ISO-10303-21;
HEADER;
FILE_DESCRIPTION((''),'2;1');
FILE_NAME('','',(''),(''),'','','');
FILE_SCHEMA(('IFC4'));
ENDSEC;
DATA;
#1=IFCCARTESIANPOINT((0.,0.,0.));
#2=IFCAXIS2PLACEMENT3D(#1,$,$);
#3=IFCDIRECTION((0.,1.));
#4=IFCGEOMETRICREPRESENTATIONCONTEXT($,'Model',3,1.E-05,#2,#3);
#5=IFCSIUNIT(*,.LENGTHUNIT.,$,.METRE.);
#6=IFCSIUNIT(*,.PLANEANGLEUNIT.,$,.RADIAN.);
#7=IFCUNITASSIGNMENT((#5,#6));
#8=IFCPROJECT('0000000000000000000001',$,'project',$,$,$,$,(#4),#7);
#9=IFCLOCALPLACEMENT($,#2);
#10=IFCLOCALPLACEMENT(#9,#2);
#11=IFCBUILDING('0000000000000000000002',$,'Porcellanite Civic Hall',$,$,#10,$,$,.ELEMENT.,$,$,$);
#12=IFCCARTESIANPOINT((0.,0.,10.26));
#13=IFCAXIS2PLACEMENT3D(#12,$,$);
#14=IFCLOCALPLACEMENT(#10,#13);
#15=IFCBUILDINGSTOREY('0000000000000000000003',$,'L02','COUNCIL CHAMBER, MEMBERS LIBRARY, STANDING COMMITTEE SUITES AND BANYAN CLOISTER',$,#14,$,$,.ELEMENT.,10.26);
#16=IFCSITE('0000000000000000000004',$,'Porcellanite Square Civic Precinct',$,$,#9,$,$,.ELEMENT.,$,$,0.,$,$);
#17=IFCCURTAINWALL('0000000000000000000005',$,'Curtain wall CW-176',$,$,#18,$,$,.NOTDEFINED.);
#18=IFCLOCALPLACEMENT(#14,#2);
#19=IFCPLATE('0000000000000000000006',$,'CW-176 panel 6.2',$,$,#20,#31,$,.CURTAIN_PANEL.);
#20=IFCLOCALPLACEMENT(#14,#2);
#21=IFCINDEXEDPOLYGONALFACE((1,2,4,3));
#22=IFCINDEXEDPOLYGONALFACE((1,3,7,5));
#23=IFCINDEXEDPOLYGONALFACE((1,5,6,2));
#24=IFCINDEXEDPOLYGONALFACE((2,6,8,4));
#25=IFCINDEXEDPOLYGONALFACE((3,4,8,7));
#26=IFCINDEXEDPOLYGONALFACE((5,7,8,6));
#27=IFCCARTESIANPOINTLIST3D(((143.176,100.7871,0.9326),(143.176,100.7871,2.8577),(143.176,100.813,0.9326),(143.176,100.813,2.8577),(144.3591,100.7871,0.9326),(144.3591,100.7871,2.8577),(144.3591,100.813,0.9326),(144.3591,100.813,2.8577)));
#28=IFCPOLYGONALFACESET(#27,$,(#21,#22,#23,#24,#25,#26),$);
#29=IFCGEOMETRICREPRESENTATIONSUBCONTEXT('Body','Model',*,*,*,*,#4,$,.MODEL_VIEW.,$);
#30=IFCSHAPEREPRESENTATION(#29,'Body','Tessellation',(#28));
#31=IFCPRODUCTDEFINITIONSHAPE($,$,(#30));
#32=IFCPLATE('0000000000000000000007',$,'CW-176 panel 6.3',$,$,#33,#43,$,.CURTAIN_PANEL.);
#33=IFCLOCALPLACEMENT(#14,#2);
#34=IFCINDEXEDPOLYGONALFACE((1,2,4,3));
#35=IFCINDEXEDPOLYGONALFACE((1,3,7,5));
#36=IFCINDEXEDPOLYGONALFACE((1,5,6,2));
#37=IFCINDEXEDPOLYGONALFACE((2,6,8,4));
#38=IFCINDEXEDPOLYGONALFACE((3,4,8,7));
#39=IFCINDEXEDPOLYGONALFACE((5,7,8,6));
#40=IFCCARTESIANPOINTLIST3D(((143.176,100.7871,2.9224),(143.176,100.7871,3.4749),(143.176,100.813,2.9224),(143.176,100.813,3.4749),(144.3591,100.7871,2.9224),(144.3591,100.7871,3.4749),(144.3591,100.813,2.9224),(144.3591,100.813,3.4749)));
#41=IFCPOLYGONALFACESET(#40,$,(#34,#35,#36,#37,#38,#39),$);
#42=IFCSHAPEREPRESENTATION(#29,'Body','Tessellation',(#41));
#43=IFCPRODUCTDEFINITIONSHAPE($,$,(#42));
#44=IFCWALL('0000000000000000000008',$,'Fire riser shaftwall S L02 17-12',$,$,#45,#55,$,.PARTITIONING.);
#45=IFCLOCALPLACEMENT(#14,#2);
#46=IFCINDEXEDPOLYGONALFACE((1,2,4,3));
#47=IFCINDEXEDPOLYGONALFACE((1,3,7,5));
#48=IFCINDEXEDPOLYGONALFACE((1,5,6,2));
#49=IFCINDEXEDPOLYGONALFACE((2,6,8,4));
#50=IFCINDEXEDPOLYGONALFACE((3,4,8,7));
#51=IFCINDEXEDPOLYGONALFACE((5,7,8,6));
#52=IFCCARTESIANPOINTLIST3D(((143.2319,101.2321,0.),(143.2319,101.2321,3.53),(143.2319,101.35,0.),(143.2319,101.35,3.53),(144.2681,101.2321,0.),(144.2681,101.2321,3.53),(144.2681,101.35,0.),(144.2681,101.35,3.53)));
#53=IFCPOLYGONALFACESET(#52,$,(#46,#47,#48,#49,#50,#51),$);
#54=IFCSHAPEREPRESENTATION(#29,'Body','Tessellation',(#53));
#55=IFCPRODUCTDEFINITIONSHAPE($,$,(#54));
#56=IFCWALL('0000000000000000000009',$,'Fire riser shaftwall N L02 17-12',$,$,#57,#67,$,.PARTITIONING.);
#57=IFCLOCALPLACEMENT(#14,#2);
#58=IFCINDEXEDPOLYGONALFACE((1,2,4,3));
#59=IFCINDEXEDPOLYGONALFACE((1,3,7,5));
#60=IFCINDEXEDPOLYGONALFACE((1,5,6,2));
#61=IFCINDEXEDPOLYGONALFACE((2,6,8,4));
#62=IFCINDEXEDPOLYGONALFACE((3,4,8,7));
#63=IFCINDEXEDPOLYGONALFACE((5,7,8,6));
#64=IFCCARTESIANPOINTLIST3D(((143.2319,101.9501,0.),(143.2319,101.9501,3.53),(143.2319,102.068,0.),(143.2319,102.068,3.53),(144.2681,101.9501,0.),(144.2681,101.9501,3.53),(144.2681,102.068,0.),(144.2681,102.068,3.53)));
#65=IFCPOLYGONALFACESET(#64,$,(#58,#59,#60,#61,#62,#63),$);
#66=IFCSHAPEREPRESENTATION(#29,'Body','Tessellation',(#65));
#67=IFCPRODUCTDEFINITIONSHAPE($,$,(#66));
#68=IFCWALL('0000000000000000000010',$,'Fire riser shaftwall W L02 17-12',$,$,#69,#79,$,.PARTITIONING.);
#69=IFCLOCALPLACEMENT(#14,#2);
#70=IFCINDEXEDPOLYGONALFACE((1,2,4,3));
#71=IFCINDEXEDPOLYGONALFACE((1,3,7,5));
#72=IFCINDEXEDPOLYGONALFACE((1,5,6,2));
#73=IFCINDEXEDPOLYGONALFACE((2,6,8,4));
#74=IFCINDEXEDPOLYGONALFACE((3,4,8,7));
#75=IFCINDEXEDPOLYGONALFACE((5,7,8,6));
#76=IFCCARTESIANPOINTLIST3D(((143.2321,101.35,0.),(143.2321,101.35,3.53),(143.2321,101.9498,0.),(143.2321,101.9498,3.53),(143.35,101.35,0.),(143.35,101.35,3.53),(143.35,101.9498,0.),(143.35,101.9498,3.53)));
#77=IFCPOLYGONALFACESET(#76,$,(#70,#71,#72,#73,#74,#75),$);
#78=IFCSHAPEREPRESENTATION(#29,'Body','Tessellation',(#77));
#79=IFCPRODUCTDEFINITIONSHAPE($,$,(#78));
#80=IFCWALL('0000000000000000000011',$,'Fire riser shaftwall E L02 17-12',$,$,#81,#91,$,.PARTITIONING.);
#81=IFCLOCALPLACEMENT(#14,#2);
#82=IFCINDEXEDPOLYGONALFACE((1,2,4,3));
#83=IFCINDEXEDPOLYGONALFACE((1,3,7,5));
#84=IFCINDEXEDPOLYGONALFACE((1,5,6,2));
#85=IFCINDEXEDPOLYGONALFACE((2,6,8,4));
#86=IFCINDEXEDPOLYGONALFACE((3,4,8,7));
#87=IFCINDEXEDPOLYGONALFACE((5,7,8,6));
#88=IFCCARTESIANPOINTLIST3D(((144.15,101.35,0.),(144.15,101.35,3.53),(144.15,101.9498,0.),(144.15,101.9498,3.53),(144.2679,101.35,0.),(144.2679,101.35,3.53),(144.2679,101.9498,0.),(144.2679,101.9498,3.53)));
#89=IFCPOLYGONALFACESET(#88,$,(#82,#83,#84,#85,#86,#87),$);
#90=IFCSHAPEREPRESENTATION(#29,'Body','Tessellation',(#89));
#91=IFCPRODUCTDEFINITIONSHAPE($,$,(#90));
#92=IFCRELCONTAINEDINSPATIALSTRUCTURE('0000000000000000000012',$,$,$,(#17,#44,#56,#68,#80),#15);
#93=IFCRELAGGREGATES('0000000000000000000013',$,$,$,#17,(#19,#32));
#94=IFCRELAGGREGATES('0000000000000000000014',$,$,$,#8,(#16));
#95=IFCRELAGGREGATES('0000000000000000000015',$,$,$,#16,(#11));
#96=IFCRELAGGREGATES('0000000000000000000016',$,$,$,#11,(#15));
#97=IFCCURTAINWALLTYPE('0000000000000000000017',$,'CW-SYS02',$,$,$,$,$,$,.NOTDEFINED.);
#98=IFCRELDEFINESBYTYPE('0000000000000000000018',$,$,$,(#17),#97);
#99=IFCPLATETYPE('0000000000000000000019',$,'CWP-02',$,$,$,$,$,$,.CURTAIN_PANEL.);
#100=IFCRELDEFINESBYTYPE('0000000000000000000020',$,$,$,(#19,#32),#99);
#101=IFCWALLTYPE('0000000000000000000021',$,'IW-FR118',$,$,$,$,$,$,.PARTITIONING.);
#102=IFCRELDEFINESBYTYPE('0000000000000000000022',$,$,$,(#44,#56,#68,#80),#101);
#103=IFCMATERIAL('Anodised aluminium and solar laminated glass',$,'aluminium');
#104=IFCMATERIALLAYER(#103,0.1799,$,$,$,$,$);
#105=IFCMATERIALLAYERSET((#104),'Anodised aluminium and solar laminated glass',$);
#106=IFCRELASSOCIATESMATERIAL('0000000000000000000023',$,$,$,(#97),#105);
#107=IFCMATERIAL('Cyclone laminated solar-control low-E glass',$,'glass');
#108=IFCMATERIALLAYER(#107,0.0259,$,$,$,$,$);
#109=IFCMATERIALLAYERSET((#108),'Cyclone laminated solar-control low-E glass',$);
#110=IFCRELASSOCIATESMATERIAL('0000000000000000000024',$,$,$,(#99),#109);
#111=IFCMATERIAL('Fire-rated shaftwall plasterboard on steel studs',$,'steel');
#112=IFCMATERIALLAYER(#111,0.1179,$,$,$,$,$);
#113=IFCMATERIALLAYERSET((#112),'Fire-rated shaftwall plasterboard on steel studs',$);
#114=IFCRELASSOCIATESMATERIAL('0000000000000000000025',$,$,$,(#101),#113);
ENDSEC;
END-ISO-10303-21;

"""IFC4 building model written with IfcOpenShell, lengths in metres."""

from ifc_helpers import new_model, si_unit, direction, frame, frame_2d, origin, origin_2d, place, context, subcontext, project, spatial, rectangle, extrude, material, layer, layer_set, type_object, element, aggregate, save


model = new_model("IFC4")

# Units and contexts
model_context = context("Model", 3, precision=1e-05, world=origin(), true_north=direction((0.0, 1.0)))
body_context = subcontext(model_context, "Body", "Model", "MODEL_VIEW")
ifc_project = project(units=[si_unit("LENGTHUNIT", "METRE"), si_unit("PLANEANGLEUNIT", "RADIAN")], contexts=[model_context])

# Site, building, storey
site_placement = place(None, origin())
site = spatial("IfcSite", under=ifc_project, at=site_placement, Name="Porcellanite Square Civic Precinct", CompositionType="ELEMENT", RefElevation=0.0)
building_placement = place(site_placement, origin())
building = spatial("IfcBuilding", under=site, at=building_placement, Name="Porcellanite Civic Hall", CompositionType="ELEMENT")
storey_placement = place(building_placement, frame((0.0, 0.0, 10.26)))
storey = spatial("IfcBuildingStorey", under=building, at=storey_placement, Name="L02", Description="COUNCIL CHAMBER, MEMBERS LIBRARY, STANDING COMMITTEE SUITES AND BANYAN CLOISTER", CompositionType="ELEMENT", Elevation=10.26)

# Curtain wall
ifc_material_1 = material(Name="Anodised aluminium and solar laminated glass", Category="aluminium")
ifc_layer_1 = layer(ifc_material_1, 0.1799)
ifc_layer_set_1 = layer_set([ifc_layer_1], Name="Anodised aluminium and solar laminated glass")
curtain_wall_type_1 = type_object("IfcCurtainWallType", Name="CW-SYS02", PredefinedType="NOTDEFINED", material=ifc_layer_set_1)
curtain_wall_1_placement = place(storey_placement, origin())
curtain_wall_1 = element("IfcCurtainWall", 1, at=curtain_wall_1_placement, inside=storey, type_object=curtain_wall_type_1, Name="Curtain wall CW-176", PredefinedType="NOTDEFINED")

# Plates
ifc_material_2 = material(Name="Cyclone laminated solar-control low-E glass", Category="glass")
ifc_layer_2 = layer(ifc_material_2, 0.0259)
ifc_layer_set_2 = layer_set([ifc_layer_2], Name="Cyclone laminated solar-control low-E glass")
plate_type = type_object("IfcPlateType", Name="CWP-02", PredefinedType="CURTAIN_PANEL", material=ifc_layer_set_2)
plate_1_placement = place(storey_placement, frame((143.7676, 100.8, 0.9326), z_axis=(0.0, 0.0, 1.0), x_axis=(-1.0, 0.0, 0.0)))
plate_1 = element("IfcPlate", 2, at=plate_1_placement, type_object=plate_type, Name="CW-176 panel 6.2", PredefinedType="CURTAIN_PANEL", context=body_context, shape_type="SweptSolid", body=[
    extrude(rectangle(XDim=1.1831, YDim=0.0259, at=origin_2d()), origin(), (0.0, 0.0, 1.0), 1.925),
])
plate_2_placement = place(storey_placement, frame((143.7676, 100.8, 2.9224), z_axis=(0.0, 0.0, 1.0), x_axis=(-1.0, 0.0, 0.0)))
plate_2 = element("IfcPlate", 3, at=plate_2_placement, type_object=plate_type, Name="CW-176 panel 6.3", PredefinedType="CURTAIN_PANEL", context=body_context, shape_type="SweptSolid", body=[
    extrude(rectangle(XDim=1.1831, YDim=0.0259, at=origin_2d()), origin(), (0.0, 0.0, 1.0), 0.5525),
])
aggregate(curtain_wall_1, [plate_1, plate_2])

# Walls
ifc_material_3 = material(Name="Fire-rated shaftwall plasterboard on steel studs", Category="steel")
ifc_layer_3 = layer(ifc_material_3, 0.1179)
ifc_layer_set_3 = layer_set([ifc_layer_3], Name="Fire-rated shaftwall plasterboard on steel studs")
wall_type_1 = type_object("IfcWallType", Name="IW-FR118", PredefinedType="PARTITIONING", material=ifc_layer_set_3)
for number, where, z_axis, x_axis, name in (
    (4, (143.2319, 101.291, 0.0), (0.0, 0.0, 1.0), (1.0, 0.0, 0.0), "Fire riser shaftwall S L02 17-12"),
    (5, (143.2319, 102.009, 0.0), (0.0, 0.0, 1.0), (1.0, 0.0, 0.0), "Fire riser shaftwall N L02 17-12"),
):
    element("IfcWall", number, at=place(storey_placement, frame(where, z_axis=z_axis, x_axis=x_axis)), inside=storey, type_object=wall_type_1, Name=name, PredefinedType="PARTITIONING", context=body_context, shape_type="SweptSolid", body=[
        extrude(rectangle(XDim=1.0361, YDim=0.1179, at=frame_2d((0.5181, 0.0))), origin(), (0.0, 0.0, 1.0), 3.53),
    ])
for number, where, z_axis, x_axis, name in (
    (6, (143.291, 101.3501, 0.0), (0.0, 0.0, 1.0), (0.0, 1.0, 0.0), "Fire riser shaftwall W L02 17-12"),
    (7, (144.209, 101.3501, 0.0), (0.0, 0.0, 1.0), (0.0, 1.0, 0.0), "Fire riser shaftwall E L02 17-12"),
):
    element("IfcWall", number, at=place(storey_placement, frame(where, z_axis=z_axis, x_axis=x_axis)), inside=storey, type_object=wall_type_1, Name=name, PredefinedType="PARTITIONING", context=body_context, shape_type="SweptSolid", body=[
        extrude(rectangle(XDim=0.5999, YDim=0.1179, at=frame_2d((0.2998, 0.0))), origin(), (0.0, 0.0, 1.0), 3.53),
    ])

save(model, "model.ifc")
